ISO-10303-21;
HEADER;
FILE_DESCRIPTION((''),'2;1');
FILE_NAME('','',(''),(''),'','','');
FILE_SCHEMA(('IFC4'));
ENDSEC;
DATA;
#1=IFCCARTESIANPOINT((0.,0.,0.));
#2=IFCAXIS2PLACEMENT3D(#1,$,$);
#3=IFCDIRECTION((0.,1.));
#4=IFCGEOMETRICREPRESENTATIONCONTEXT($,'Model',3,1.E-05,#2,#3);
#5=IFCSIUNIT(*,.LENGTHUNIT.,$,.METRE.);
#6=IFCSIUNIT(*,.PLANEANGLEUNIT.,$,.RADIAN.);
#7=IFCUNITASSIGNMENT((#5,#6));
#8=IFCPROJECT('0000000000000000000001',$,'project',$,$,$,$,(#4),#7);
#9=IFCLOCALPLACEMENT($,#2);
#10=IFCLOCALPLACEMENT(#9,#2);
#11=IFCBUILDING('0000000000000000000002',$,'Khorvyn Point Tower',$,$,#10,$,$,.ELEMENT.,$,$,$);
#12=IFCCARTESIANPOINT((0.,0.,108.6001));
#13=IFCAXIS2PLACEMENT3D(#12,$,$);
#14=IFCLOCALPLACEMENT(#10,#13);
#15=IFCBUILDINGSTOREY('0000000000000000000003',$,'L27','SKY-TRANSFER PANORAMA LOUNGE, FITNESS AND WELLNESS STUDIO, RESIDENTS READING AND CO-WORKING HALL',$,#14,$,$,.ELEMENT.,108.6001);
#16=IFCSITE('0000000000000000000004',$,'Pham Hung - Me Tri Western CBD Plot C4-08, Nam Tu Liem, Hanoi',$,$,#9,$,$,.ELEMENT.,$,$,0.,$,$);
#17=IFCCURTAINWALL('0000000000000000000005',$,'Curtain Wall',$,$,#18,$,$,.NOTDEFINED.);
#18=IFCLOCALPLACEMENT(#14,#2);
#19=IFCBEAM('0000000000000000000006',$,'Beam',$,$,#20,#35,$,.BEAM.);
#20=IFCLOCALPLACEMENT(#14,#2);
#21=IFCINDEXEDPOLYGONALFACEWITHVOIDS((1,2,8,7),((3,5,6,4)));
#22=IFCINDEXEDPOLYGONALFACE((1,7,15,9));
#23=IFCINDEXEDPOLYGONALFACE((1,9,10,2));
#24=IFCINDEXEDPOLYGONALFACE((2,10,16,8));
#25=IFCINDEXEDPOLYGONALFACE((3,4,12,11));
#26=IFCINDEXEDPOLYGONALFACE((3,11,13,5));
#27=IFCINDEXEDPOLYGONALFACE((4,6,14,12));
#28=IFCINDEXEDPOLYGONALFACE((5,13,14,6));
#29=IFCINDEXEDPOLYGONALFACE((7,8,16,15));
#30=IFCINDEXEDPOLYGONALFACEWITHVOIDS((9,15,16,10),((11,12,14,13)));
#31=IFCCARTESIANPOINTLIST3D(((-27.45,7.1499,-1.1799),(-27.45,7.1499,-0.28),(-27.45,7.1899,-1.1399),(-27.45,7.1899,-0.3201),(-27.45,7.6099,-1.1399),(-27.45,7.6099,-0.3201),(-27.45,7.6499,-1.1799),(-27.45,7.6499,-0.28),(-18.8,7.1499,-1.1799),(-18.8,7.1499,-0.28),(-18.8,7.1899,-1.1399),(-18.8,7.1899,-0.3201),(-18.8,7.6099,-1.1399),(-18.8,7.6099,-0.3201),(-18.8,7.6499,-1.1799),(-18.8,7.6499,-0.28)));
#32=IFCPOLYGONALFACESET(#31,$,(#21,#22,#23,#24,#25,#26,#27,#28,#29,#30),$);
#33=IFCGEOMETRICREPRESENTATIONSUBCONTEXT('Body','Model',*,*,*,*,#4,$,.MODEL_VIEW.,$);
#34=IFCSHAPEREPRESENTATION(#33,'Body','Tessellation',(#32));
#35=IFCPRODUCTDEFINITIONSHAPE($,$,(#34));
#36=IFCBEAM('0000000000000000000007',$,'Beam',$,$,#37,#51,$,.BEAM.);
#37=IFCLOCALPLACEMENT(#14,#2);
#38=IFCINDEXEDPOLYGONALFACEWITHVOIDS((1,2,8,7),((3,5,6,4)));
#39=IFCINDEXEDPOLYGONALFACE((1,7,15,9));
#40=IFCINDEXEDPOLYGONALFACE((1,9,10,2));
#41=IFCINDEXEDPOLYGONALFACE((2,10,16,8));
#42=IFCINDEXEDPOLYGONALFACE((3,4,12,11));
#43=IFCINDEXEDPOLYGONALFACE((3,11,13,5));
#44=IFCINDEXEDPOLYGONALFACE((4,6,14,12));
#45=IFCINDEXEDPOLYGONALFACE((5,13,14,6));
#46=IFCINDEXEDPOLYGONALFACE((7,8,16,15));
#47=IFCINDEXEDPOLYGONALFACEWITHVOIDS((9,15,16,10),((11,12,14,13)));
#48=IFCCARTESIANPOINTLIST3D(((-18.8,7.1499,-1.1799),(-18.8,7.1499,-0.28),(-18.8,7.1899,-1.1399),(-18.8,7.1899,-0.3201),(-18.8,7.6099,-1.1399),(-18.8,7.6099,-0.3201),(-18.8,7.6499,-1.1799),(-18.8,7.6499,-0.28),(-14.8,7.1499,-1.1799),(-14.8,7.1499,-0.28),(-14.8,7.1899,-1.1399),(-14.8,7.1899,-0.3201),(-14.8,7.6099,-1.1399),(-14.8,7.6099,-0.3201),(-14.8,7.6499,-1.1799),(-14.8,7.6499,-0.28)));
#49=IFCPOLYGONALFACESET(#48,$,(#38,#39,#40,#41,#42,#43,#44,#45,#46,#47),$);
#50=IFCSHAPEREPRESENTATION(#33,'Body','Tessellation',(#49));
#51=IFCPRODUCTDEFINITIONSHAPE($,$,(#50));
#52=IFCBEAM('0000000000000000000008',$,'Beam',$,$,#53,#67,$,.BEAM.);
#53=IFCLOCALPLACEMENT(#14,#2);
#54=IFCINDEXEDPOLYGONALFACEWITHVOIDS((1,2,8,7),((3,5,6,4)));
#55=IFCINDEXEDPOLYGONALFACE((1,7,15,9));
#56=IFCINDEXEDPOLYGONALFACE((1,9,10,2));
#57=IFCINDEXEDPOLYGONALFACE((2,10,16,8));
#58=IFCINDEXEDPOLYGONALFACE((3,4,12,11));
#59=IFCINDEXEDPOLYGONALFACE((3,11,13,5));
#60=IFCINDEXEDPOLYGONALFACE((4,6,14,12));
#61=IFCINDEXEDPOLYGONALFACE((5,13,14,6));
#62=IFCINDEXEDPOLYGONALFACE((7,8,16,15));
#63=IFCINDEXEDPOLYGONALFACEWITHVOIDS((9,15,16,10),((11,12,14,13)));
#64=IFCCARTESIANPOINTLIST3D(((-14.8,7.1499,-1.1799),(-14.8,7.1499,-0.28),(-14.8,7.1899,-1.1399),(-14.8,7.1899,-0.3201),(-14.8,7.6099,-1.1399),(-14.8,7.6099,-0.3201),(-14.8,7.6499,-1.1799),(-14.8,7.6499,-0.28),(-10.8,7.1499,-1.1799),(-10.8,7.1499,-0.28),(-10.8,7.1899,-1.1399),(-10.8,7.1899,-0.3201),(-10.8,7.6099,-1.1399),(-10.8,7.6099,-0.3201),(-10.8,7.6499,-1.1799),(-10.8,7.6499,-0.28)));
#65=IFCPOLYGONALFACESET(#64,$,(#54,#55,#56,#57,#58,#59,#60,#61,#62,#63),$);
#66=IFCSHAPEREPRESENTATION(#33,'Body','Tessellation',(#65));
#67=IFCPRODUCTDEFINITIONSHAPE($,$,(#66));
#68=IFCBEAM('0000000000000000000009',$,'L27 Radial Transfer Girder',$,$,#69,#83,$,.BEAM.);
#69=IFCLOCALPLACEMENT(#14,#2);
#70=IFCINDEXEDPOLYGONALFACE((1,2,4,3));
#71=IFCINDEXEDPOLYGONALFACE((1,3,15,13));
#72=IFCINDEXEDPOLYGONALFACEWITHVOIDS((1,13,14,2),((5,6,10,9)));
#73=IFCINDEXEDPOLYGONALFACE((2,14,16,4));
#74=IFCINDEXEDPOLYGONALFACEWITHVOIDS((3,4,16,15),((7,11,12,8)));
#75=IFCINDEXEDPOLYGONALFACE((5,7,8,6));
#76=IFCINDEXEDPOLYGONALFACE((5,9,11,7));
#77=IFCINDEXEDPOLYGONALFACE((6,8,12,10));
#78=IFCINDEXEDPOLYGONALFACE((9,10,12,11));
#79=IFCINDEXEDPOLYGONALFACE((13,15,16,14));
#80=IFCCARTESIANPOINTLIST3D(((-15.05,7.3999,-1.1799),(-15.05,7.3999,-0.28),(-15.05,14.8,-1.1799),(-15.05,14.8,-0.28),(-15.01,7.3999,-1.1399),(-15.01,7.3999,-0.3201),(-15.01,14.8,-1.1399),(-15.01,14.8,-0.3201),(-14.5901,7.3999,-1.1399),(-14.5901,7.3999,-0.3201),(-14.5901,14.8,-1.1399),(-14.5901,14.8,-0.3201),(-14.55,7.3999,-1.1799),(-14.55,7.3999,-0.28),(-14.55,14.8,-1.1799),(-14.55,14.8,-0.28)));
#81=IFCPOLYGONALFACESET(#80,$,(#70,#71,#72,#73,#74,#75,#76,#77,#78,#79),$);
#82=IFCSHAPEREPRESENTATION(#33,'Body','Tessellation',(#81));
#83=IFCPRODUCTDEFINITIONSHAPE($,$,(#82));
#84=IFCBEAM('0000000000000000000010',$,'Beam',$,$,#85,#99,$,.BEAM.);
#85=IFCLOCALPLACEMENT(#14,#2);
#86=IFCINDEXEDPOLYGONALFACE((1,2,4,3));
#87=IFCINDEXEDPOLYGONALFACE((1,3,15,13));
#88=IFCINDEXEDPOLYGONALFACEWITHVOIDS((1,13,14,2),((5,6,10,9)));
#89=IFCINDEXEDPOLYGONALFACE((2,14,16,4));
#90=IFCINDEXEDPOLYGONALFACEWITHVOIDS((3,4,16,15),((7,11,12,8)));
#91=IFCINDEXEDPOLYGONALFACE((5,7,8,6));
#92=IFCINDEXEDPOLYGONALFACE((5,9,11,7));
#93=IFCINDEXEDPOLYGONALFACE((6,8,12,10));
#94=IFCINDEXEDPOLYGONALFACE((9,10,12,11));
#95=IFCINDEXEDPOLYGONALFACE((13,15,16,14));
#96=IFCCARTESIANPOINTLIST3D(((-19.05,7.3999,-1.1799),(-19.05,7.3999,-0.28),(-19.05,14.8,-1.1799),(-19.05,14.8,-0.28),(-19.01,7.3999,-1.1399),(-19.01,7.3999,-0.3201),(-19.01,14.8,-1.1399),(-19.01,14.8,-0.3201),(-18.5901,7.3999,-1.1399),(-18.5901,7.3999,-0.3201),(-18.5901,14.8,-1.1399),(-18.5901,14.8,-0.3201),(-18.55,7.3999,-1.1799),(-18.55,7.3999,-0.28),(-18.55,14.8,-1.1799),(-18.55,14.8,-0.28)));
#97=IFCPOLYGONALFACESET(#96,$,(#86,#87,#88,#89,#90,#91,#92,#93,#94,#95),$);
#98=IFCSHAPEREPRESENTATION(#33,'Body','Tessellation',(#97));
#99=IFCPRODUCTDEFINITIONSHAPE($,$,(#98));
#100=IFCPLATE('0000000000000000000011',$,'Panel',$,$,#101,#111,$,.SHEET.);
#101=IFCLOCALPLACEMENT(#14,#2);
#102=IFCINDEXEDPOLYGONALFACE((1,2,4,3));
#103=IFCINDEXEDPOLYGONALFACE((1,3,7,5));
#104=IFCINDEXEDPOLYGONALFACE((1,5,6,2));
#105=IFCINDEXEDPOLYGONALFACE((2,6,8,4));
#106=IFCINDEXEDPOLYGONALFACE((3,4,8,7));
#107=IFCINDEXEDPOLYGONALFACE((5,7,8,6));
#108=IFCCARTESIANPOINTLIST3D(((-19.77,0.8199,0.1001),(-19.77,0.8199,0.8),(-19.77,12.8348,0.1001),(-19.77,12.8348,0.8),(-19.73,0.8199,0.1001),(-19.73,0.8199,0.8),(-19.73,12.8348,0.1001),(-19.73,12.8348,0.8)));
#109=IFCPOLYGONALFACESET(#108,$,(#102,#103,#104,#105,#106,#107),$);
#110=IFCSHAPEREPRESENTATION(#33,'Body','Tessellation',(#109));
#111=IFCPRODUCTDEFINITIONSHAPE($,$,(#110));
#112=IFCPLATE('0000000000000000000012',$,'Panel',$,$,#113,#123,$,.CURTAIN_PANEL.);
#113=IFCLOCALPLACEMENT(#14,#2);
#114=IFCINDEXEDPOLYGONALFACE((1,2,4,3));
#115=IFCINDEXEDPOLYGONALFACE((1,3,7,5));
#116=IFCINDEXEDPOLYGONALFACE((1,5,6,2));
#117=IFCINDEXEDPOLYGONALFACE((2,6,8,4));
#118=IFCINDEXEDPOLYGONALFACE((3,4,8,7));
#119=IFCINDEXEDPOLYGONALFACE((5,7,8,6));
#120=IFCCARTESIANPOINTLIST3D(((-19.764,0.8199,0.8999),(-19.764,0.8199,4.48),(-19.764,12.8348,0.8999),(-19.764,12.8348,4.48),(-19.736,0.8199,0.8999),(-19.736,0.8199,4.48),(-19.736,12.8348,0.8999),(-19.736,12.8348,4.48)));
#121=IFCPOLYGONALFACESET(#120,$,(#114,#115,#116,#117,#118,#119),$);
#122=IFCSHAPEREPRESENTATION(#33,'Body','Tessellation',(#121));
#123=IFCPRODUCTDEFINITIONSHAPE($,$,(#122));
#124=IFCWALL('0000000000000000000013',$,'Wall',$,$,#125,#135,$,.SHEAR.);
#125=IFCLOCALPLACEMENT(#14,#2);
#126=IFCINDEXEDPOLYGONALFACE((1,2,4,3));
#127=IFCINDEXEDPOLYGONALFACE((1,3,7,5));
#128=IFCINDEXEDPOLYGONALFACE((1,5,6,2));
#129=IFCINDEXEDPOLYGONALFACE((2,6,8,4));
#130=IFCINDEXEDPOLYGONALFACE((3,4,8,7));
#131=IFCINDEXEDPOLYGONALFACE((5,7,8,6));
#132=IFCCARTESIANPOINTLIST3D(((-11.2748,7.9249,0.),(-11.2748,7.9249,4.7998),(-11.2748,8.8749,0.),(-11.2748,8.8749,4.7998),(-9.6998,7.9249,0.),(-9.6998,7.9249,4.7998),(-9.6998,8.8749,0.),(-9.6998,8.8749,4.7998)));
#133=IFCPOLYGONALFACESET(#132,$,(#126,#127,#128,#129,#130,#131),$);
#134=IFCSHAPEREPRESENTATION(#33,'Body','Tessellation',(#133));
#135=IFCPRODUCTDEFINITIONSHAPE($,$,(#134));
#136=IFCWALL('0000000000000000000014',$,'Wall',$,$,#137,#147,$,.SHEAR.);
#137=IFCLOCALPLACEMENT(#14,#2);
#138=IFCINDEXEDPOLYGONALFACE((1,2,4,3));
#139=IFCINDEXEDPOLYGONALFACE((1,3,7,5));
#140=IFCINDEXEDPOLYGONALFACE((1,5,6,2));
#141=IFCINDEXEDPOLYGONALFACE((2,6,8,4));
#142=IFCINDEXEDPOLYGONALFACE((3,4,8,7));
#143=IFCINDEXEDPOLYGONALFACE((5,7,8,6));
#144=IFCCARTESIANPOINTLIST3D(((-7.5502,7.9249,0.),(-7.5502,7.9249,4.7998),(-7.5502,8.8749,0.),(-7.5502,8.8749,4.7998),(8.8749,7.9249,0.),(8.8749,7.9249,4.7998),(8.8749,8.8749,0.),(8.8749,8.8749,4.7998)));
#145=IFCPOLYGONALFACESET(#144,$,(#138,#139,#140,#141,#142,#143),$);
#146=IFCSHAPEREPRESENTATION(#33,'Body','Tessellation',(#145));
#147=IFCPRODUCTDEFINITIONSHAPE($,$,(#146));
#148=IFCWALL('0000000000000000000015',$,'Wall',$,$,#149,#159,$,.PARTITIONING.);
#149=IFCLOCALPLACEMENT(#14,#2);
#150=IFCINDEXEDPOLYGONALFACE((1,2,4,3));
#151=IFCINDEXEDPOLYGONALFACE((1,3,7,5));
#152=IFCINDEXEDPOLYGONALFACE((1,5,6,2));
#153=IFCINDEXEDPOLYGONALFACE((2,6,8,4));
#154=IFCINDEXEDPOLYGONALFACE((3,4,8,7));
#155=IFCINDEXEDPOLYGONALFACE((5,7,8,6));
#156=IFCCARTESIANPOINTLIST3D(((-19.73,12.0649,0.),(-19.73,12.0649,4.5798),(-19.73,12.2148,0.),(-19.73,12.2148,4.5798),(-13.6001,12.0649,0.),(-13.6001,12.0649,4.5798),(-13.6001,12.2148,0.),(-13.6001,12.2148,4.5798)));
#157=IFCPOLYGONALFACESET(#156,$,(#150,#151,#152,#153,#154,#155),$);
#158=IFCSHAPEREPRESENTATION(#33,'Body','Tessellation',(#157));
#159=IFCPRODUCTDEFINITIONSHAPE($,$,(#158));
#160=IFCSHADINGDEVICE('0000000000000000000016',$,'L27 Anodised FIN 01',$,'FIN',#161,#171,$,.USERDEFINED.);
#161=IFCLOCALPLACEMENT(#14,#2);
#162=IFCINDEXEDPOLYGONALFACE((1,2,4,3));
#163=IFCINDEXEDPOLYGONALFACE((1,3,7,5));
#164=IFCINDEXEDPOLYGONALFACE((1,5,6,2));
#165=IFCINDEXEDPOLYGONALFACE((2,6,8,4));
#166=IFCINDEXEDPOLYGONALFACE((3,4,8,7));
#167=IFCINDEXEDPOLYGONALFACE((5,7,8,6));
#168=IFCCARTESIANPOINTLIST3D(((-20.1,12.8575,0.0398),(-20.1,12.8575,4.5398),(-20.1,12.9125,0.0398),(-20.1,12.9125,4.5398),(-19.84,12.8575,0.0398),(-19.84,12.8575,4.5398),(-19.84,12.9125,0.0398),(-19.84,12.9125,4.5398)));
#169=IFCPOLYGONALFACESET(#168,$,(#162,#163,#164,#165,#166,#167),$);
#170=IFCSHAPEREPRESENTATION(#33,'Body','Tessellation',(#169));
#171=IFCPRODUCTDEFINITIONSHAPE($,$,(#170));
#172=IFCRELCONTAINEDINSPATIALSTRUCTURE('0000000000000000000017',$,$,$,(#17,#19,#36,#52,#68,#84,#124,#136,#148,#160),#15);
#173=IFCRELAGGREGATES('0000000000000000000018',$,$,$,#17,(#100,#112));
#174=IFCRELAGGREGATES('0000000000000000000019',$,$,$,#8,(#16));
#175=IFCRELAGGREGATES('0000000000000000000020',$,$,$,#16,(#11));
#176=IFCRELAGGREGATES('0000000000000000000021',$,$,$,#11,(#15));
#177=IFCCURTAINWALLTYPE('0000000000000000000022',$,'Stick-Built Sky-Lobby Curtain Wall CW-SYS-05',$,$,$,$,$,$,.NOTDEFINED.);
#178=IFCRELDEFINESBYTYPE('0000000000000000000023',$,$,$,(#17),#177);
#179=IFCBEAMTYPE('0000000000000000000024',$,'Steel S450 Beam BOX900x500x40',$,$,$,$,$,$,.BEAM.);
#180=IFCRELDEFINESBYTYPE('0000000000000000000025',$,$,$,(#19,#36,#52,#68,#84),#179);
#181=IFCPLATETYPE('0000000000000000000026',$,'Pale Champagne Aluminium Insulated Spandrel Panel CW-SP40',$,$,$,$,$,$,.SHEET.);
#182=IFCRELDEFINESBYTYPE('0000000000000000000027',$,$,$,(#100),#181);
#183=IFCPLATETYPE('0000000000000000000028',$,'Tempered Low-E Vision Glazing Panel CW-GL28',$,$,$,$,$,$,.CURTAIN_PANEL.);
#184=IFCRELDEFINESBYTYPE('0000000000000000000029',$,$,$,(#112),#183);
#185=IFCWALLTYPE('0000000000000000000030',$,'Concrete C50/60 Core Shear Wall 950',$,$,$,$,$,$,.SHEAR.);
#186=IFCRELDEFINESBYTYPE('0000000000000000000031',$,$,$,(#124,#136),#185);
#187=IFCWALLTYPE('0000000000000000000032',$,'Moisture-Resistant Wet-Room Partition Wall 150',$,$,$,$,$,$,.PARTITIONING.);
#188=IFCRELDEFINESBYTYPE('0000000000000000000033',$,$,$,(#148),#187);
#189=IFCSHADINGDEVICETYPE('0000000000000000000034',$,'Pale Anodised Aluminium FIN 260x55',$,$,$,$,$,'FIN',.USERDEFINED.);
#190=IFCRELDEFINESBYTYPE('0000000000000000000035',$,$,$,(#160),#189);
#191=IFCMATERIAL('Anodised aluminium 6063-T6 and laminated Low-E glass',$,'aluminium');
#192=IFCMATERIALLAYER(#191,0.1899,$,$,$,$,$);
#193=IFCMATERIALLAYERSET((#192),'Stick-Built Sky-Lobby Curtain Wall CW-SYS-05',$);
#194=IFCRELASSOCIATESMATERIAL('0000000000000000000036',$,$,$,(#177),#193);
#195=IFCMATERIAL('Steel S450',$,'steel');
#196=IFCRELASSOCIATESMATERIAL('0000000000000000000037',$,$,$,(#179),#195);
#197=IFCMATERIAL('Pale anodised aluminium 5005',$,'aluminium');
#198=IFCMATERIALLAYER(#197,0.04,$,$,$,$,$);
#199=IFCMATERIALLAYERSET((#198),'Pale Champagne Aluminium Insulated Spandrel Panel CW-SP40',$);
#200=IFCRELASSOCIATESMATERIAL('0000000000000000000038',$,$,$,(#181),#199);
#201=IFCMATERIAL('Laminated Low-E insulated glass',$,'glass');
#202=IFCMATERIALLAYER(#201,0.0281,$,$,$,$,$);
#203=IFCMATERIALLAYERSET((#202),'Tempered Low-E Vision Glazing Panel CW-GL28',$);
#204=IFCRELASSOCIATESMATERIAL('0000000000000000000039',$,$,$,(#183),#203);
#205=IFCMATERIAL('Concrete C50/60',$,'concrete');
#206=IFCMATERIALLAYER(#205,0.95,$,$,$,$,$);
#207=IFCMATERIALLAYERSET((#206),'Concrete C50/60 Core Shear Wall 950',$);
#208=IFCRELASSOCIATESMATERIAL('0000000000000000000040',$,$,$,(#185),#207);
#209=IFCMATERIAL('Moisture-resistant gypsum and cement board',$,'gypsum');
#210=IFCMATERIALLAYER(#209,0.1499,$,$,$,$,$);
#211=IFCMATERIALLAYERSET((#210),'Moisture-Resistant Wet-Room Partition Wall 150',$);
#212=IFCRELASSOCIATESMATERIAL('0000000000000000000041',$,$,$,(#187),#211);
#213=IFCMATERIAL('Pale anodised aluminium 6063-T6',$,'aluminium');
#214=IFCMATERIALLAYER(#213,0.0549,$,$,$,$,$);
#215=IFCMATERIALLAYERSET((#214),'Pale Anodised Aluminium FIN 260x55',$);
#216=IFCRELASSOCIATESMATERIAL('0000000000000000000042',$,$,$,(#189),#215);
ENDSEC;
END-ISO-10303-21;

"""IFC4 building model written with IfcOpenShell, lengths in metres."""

from ifc_helpers import new_model, si_unit, direction, frame, frame_2d, origin, origin_2d, place, context, subcontext, project, spatial, rectangle, hollow_rectangle, extrude, material, layer, layer_set, material_profile, profile_set, type_object, element, aggregate, save


model = new_model("IFC4")

# Units and contexts
model_context = context("Model", 3, precision=1e-05, world=origin(), true_north=direction((0.0, 1.0)))
body_context = subcontext(model_context, "Body", "Model", "MODEL_VIEW")
ifc_project = project(units=[si_unit("LENGTHUNIT", "METRE"), si_unit("PLANEANGLEUNIT", "RADIAN")], contexts=[model_context])

# Site, building, storey
site_placement = place(None, origin())
site = spatial("IfcSite", under=ifc_project, at=site_placement, Name="Pham Hung - Me Tri Western CBD Plot C4-08, Nam Tu Liem, Hanoi", CompositionType="ELEMENT", RefElevation=0.0)
building_placement = place(site_placement, origin())
building = spatial("IfcBuilding", under=site, at=building_placement, Name="Khorvyn Point Tower", CompositionType="ELEMENT")
storey_placement = place(building_placement, frame((0.0, 0.0, 108.6001)))
storey = spatial("IfcBuildingStorey", under=building, at=storey_placement, Name="L27", Description="SKY-TRANSFER PANORAMA LOUNGE, FITNESS AND WELLNESS STUDIO, RESIDENTS READING AND CO-WORKING HALL", CompositionType="ELEMENT", Elevation=108.6001)

# Shared definitions
ifc_material_1 = material(Name="Concrete C50/60", Category="concrete")

# Curtain wall
ifc_material_2 = material(Name="Anodised aluminium 6063-T6 and laminated Low-E glass", Category="aluminium")
ifc_layer_1 = layer(ifc_material_2, 0.1899)
ifc_layer_set_1 = layer_set([ifc_layer_1], Name="Stick-Built Sky-Lobby Curtain Wall CW-SYS-05")
curtain_wall_type = type_object("IfcCurtainWallType", Name="Stick-Built Sky-Lobby Curtain Wall CW-SYS-05", PredefinedType="NOTDEFINED", material=ifc_layer_set_1)
curtain_wall_placement = place(storey_placement, origin())
curtain_wall = element("IfcCurtainWall", 1, at=curtain_wall_placement, inside=storey, type_object=curtain_wall_type, Name="Curtain Wall", PredefinedType="NOTDEFINED")

# Beams
ifc_material_3 = material(Name="Steel S450", Category="steel")
ifc_material_profile_1 = material_profile(ifc_material_3, hollow_rectangle(XDim=0.5, YDim=0.8999, WallThickness=0.04, at=origin_2d()))
ifc_profile_set_1 = profile_set([ifc_material_profile_1], Name="Steel S450 BOX900x500x40")
beam_type_1 = type_object("IfcBeamType", Name="Steel S450 Beam BOX900x500x40", PredefinedType="BEAM", material=ifc_profile_set_1)
beam_1_placement = place(storey_placement, frame((-27.45, 7.3999, -0.73), z_axis=(1.0, 0.0, 0.0), x_axis=(0.0, 1.0, 0.0)))
element("IfcBeam", 2, at=beam_1_placement, inside=storey, type_object=beam_type_1, Name="Beam", PredefinedType="BEAM", context=body_context, shape_type="SweptSolid", body=[
    extrude(hollow_rectangle(XDim=0.5, YDim=0.8999, WallThickness=0.04, at=origin_2d()), origin(), (0.0, 0.0, 1.0), 8.6499),
])
for number, where, z_axis, x_axis, name in (
    (3, (-18.8, 7.3999, -0.73), (1.0, 0.0, 0.0), (0.0, 1.0, 0.0), "Beam"),
    (4, (-14.8, 7.3999, -0.73), (1.0, 0.0, 0.0), (0.0, 1.0, 0.0), "Beam"),
):
    element("IfcBeam", number, at=place(storey_placement, frame(where, z_axis=z_axis, x_axis=x_axis)), inside=storey, type_object=beam_type_1, Name=name, PredefinedType="BEAM", context=body_context, shape_type="SweptSolid", body=[
        extrude(hollow_rectangle(XDim=0.5, YDim=0.8999, WallThickness=0.04, at=origin_2d()), origin(), (0.0, 0.0, 1.0), 4.0),
    ])
for number, where, z_axis, x_axis, name in (
    (5, (-14.8, 7.3999, -0.73), (0.0, 1.0, 0.0), (-1.0, 0.0, 0.0), "L27 Radial Transfer Girder"),
    (6, (-18.8, 7.3999, -0.73), (0.0, 1.0, 0.0), (-1.0, 0.0, 0.0), "Beam"),
):
    element("IfcBeam", number, at=place(storey_placement, frame(where, z_axis=z_axis, x_axis=x_axis)), inside=storey, type_object=beam_type_1, Name=name, PredefinedType="BEAM", context=body_context, shape_type="SweptSolid", body=[
        extrude(hollow_rectangle(XDim=0.5, YDim=0.8999, WallThickness=0.04, at=origin_2d()), origin(), (0.0, 0.0, 1.0), 7.4001),
    ])

# Plates
ifc_material_4 = material(Name="Pale anodised aluminium 5005", Category="aluminium")
ifc_layer_2 = layer(ifc_material_4, 0.04)
ifc_layer_set_2 = layer_set([ifc_layer_2], Name="Pale Champagne Aluminium Insulated Spandrel Panel CW-SP40")
plate_type_1 = type_object("IfcPlateType", Name="Pale Champagne Aluminium Insulated Spandrel Panel CW-SP40", PredefinedType="SHEET", material=ifc_layer_set_2)
plate_1_placement = place(storey_placement, frame((-19.75, 6.8274, 0.1001), z_axis=(0.0, 0.0, 1.0), x_axis=(0.0, 1.0, 0.0)))
plate_1 = element("IfcPlate", 7, at=plate_1_placement, type_object=plate_type_1, Name="Panel", PredefinedType="SHEET", context=body_context, shape_type="SweptSolid", body=[
    extrude(rectangle(XDim=12.0149, YDim=0.04, at=origin_2d()), origin(), (0.0, 0.0, 1.0), 0.7),
])
ifc_material_5 = material(Name="Laminated Low-E insulated glass", Category="glass")
ifc_layer_3 = layer(ifc_material_5, 0.0281)
ifc_layer_set_3 = layer_set([ifc_layer_3], Name="Tempered Low-E Vision Glazing Panel CW-GL28")
plate_type_2 = type_object("IfcPlateType", Name="Tempered Low-E Vision Glazing Panel CW-GL28", PredefinedType="CURTAIN_PANEL", material=ifc_layer_set_3)
plate_2_placement = place(storey_placement, frame((-19.75, 6.8274, 0.8999), z_axis=(0.0, 0.0, 1.0), x_axis=(0.0, 1.0, 0.0)))
plate_2 = element("IfcPlate", 8, at=plate_2_placement, type_object=plate_type_2, Name="Panel", PredefinedType="CURTAIN_PANEL", context=body_context, shape_type="SweptSolid", body=[
    extrude(rectangle(XDim=12.0149, YDim=0.0281, at=origin_2d()), origin(), (0.0, 0.0, 1.0), 3.5801),
])
aggregate(curtain_wall, [plate_1, plate_2])

# Walls
ifc_layer_4 = layer(ifc_material_1, 0.95)
ifc_layer_set_4 = layer_set([ifc_layer_4], Name="Concrete C50/60 Core Shear Wall 950")
wall_type_1 = type_object("IfcWallType", Name="Concrete C50/60 Core Shear Wall 950", PredefinedType="SHEAR", material=ifc_layer_set_4)
wall_1_placement = place(storey_placement, frame((-11.2749, 8.3999, 0.0), z_axis=(0.0, 0.0, 1.0), x_axis=(1.0, 0.0, 0.0)))
element("IfcWall", 9, at=wall_1_placement, inside=storey, type_object=wall_type_1, Name="Wall", PredefinedType="SHEAR", context=body_context, shape_type="SweptSolid", body=[
    extrude(rectangle(XDim=1.575, YDim=0.95, at=frame_2d((0.7876, 0.0))), origin(), (0.0, 0.0, 1.0), 4.7998),
])
wall_2_placement = place(storey_placement, frame((-7.55, 8.3999, 0.0), z_axis=(0.0, 0.0, 1.0), x_axis=(1.0, 0.0, 0.0)))
element("IfcWall", 10, at=wall_2_placement, inside=storey, type_object=wall_type_1, Name="Wall", PredefinedType="SHEAR", context=body_context, shape_type="SweptSolid", body=[
    extrude(rectangle(XDim=16.425, YDim=0.95, at=frame_2d((8.2124, 0.0))), origin(), (0.0, 0.0, 1.0), 4.7998),
])
ifc_material_6 = material(Name="Moisture-resistant gypsum and cement board", Category="gypsum")
ifc_layer_5 = layer(ifc_material_6, 0.1499)
ifc_layer_set_5 = layer_set([ifc_layer_5], Name="Moisture-Resistant Wet-Room Partition Wall 150")
wall_type_2 = type_object("IfcWallType", Name="Moisture-Resistant Wet-Room Partition Wall 150", PredefinedType="PARTITIONING", material=ifc_layer_set_5)
wall_3_placement = place(storey_placement, frame((-19.73, 12.1399, 0.0), z_axis=(0.0, 0.0, 1.0), x_axis=(1.0, 0.0, 0.0)))
element("IfcWall", 11, at=wall_3_placement, inside=storey, type_object=wall_type_2, Name="Wall", PredefinedType="PARTITIONING", context=body_context, shape_type="SweptSolid", body=[
    extrude(rectangle(XDim=6.1299, YDim=0.1499, at=frame_2d((3.0649, 0.0))), origin(), (0.0, 0.0, 1.0), 4.5798),
])

# Shading device
ifc_material_7 = material(Name="Pale anodised aluminium 6063-T6", Category="aluminium")
ifc_layer_6 = layer(ifc_material_7, 0.0549)
ifc_layer_set_6 = layer_set([ifc_layer_6], Name="Pale Anodised Aluminium FIN 260x55")
shading_device_type = type_object("IfcShadingDeviceType", Name="Pale Anodised Aluminium FIN 260x55", ElementType="FIN", PredefinedType="USERDEFINED", material=ifc_layer_set_6)
shading_device_placement = place(storey_placement, frame((-19.97, 12.885, 0.0398), z_axis=(0.0, 0.0, 1.0), x_axis=(-1.0, 0.0, 0.0)))
element("IfcShadingDevice", 12, at=shading_device_placement, inside=storey, type_object=shading_device_type, Name="L27 Anodised FIN 01", ObjectType="FIN", PredefinedType="USERDEFINED", context=body_context, shape_type="SweptSolid", body=[
    extrude(rectangle(XDim=0.26, YDim=0.0549, at=origin_2d()), origin(), (0.0, 0.0, 1.0), 4.5),
])

save(model, "model.ifc")
